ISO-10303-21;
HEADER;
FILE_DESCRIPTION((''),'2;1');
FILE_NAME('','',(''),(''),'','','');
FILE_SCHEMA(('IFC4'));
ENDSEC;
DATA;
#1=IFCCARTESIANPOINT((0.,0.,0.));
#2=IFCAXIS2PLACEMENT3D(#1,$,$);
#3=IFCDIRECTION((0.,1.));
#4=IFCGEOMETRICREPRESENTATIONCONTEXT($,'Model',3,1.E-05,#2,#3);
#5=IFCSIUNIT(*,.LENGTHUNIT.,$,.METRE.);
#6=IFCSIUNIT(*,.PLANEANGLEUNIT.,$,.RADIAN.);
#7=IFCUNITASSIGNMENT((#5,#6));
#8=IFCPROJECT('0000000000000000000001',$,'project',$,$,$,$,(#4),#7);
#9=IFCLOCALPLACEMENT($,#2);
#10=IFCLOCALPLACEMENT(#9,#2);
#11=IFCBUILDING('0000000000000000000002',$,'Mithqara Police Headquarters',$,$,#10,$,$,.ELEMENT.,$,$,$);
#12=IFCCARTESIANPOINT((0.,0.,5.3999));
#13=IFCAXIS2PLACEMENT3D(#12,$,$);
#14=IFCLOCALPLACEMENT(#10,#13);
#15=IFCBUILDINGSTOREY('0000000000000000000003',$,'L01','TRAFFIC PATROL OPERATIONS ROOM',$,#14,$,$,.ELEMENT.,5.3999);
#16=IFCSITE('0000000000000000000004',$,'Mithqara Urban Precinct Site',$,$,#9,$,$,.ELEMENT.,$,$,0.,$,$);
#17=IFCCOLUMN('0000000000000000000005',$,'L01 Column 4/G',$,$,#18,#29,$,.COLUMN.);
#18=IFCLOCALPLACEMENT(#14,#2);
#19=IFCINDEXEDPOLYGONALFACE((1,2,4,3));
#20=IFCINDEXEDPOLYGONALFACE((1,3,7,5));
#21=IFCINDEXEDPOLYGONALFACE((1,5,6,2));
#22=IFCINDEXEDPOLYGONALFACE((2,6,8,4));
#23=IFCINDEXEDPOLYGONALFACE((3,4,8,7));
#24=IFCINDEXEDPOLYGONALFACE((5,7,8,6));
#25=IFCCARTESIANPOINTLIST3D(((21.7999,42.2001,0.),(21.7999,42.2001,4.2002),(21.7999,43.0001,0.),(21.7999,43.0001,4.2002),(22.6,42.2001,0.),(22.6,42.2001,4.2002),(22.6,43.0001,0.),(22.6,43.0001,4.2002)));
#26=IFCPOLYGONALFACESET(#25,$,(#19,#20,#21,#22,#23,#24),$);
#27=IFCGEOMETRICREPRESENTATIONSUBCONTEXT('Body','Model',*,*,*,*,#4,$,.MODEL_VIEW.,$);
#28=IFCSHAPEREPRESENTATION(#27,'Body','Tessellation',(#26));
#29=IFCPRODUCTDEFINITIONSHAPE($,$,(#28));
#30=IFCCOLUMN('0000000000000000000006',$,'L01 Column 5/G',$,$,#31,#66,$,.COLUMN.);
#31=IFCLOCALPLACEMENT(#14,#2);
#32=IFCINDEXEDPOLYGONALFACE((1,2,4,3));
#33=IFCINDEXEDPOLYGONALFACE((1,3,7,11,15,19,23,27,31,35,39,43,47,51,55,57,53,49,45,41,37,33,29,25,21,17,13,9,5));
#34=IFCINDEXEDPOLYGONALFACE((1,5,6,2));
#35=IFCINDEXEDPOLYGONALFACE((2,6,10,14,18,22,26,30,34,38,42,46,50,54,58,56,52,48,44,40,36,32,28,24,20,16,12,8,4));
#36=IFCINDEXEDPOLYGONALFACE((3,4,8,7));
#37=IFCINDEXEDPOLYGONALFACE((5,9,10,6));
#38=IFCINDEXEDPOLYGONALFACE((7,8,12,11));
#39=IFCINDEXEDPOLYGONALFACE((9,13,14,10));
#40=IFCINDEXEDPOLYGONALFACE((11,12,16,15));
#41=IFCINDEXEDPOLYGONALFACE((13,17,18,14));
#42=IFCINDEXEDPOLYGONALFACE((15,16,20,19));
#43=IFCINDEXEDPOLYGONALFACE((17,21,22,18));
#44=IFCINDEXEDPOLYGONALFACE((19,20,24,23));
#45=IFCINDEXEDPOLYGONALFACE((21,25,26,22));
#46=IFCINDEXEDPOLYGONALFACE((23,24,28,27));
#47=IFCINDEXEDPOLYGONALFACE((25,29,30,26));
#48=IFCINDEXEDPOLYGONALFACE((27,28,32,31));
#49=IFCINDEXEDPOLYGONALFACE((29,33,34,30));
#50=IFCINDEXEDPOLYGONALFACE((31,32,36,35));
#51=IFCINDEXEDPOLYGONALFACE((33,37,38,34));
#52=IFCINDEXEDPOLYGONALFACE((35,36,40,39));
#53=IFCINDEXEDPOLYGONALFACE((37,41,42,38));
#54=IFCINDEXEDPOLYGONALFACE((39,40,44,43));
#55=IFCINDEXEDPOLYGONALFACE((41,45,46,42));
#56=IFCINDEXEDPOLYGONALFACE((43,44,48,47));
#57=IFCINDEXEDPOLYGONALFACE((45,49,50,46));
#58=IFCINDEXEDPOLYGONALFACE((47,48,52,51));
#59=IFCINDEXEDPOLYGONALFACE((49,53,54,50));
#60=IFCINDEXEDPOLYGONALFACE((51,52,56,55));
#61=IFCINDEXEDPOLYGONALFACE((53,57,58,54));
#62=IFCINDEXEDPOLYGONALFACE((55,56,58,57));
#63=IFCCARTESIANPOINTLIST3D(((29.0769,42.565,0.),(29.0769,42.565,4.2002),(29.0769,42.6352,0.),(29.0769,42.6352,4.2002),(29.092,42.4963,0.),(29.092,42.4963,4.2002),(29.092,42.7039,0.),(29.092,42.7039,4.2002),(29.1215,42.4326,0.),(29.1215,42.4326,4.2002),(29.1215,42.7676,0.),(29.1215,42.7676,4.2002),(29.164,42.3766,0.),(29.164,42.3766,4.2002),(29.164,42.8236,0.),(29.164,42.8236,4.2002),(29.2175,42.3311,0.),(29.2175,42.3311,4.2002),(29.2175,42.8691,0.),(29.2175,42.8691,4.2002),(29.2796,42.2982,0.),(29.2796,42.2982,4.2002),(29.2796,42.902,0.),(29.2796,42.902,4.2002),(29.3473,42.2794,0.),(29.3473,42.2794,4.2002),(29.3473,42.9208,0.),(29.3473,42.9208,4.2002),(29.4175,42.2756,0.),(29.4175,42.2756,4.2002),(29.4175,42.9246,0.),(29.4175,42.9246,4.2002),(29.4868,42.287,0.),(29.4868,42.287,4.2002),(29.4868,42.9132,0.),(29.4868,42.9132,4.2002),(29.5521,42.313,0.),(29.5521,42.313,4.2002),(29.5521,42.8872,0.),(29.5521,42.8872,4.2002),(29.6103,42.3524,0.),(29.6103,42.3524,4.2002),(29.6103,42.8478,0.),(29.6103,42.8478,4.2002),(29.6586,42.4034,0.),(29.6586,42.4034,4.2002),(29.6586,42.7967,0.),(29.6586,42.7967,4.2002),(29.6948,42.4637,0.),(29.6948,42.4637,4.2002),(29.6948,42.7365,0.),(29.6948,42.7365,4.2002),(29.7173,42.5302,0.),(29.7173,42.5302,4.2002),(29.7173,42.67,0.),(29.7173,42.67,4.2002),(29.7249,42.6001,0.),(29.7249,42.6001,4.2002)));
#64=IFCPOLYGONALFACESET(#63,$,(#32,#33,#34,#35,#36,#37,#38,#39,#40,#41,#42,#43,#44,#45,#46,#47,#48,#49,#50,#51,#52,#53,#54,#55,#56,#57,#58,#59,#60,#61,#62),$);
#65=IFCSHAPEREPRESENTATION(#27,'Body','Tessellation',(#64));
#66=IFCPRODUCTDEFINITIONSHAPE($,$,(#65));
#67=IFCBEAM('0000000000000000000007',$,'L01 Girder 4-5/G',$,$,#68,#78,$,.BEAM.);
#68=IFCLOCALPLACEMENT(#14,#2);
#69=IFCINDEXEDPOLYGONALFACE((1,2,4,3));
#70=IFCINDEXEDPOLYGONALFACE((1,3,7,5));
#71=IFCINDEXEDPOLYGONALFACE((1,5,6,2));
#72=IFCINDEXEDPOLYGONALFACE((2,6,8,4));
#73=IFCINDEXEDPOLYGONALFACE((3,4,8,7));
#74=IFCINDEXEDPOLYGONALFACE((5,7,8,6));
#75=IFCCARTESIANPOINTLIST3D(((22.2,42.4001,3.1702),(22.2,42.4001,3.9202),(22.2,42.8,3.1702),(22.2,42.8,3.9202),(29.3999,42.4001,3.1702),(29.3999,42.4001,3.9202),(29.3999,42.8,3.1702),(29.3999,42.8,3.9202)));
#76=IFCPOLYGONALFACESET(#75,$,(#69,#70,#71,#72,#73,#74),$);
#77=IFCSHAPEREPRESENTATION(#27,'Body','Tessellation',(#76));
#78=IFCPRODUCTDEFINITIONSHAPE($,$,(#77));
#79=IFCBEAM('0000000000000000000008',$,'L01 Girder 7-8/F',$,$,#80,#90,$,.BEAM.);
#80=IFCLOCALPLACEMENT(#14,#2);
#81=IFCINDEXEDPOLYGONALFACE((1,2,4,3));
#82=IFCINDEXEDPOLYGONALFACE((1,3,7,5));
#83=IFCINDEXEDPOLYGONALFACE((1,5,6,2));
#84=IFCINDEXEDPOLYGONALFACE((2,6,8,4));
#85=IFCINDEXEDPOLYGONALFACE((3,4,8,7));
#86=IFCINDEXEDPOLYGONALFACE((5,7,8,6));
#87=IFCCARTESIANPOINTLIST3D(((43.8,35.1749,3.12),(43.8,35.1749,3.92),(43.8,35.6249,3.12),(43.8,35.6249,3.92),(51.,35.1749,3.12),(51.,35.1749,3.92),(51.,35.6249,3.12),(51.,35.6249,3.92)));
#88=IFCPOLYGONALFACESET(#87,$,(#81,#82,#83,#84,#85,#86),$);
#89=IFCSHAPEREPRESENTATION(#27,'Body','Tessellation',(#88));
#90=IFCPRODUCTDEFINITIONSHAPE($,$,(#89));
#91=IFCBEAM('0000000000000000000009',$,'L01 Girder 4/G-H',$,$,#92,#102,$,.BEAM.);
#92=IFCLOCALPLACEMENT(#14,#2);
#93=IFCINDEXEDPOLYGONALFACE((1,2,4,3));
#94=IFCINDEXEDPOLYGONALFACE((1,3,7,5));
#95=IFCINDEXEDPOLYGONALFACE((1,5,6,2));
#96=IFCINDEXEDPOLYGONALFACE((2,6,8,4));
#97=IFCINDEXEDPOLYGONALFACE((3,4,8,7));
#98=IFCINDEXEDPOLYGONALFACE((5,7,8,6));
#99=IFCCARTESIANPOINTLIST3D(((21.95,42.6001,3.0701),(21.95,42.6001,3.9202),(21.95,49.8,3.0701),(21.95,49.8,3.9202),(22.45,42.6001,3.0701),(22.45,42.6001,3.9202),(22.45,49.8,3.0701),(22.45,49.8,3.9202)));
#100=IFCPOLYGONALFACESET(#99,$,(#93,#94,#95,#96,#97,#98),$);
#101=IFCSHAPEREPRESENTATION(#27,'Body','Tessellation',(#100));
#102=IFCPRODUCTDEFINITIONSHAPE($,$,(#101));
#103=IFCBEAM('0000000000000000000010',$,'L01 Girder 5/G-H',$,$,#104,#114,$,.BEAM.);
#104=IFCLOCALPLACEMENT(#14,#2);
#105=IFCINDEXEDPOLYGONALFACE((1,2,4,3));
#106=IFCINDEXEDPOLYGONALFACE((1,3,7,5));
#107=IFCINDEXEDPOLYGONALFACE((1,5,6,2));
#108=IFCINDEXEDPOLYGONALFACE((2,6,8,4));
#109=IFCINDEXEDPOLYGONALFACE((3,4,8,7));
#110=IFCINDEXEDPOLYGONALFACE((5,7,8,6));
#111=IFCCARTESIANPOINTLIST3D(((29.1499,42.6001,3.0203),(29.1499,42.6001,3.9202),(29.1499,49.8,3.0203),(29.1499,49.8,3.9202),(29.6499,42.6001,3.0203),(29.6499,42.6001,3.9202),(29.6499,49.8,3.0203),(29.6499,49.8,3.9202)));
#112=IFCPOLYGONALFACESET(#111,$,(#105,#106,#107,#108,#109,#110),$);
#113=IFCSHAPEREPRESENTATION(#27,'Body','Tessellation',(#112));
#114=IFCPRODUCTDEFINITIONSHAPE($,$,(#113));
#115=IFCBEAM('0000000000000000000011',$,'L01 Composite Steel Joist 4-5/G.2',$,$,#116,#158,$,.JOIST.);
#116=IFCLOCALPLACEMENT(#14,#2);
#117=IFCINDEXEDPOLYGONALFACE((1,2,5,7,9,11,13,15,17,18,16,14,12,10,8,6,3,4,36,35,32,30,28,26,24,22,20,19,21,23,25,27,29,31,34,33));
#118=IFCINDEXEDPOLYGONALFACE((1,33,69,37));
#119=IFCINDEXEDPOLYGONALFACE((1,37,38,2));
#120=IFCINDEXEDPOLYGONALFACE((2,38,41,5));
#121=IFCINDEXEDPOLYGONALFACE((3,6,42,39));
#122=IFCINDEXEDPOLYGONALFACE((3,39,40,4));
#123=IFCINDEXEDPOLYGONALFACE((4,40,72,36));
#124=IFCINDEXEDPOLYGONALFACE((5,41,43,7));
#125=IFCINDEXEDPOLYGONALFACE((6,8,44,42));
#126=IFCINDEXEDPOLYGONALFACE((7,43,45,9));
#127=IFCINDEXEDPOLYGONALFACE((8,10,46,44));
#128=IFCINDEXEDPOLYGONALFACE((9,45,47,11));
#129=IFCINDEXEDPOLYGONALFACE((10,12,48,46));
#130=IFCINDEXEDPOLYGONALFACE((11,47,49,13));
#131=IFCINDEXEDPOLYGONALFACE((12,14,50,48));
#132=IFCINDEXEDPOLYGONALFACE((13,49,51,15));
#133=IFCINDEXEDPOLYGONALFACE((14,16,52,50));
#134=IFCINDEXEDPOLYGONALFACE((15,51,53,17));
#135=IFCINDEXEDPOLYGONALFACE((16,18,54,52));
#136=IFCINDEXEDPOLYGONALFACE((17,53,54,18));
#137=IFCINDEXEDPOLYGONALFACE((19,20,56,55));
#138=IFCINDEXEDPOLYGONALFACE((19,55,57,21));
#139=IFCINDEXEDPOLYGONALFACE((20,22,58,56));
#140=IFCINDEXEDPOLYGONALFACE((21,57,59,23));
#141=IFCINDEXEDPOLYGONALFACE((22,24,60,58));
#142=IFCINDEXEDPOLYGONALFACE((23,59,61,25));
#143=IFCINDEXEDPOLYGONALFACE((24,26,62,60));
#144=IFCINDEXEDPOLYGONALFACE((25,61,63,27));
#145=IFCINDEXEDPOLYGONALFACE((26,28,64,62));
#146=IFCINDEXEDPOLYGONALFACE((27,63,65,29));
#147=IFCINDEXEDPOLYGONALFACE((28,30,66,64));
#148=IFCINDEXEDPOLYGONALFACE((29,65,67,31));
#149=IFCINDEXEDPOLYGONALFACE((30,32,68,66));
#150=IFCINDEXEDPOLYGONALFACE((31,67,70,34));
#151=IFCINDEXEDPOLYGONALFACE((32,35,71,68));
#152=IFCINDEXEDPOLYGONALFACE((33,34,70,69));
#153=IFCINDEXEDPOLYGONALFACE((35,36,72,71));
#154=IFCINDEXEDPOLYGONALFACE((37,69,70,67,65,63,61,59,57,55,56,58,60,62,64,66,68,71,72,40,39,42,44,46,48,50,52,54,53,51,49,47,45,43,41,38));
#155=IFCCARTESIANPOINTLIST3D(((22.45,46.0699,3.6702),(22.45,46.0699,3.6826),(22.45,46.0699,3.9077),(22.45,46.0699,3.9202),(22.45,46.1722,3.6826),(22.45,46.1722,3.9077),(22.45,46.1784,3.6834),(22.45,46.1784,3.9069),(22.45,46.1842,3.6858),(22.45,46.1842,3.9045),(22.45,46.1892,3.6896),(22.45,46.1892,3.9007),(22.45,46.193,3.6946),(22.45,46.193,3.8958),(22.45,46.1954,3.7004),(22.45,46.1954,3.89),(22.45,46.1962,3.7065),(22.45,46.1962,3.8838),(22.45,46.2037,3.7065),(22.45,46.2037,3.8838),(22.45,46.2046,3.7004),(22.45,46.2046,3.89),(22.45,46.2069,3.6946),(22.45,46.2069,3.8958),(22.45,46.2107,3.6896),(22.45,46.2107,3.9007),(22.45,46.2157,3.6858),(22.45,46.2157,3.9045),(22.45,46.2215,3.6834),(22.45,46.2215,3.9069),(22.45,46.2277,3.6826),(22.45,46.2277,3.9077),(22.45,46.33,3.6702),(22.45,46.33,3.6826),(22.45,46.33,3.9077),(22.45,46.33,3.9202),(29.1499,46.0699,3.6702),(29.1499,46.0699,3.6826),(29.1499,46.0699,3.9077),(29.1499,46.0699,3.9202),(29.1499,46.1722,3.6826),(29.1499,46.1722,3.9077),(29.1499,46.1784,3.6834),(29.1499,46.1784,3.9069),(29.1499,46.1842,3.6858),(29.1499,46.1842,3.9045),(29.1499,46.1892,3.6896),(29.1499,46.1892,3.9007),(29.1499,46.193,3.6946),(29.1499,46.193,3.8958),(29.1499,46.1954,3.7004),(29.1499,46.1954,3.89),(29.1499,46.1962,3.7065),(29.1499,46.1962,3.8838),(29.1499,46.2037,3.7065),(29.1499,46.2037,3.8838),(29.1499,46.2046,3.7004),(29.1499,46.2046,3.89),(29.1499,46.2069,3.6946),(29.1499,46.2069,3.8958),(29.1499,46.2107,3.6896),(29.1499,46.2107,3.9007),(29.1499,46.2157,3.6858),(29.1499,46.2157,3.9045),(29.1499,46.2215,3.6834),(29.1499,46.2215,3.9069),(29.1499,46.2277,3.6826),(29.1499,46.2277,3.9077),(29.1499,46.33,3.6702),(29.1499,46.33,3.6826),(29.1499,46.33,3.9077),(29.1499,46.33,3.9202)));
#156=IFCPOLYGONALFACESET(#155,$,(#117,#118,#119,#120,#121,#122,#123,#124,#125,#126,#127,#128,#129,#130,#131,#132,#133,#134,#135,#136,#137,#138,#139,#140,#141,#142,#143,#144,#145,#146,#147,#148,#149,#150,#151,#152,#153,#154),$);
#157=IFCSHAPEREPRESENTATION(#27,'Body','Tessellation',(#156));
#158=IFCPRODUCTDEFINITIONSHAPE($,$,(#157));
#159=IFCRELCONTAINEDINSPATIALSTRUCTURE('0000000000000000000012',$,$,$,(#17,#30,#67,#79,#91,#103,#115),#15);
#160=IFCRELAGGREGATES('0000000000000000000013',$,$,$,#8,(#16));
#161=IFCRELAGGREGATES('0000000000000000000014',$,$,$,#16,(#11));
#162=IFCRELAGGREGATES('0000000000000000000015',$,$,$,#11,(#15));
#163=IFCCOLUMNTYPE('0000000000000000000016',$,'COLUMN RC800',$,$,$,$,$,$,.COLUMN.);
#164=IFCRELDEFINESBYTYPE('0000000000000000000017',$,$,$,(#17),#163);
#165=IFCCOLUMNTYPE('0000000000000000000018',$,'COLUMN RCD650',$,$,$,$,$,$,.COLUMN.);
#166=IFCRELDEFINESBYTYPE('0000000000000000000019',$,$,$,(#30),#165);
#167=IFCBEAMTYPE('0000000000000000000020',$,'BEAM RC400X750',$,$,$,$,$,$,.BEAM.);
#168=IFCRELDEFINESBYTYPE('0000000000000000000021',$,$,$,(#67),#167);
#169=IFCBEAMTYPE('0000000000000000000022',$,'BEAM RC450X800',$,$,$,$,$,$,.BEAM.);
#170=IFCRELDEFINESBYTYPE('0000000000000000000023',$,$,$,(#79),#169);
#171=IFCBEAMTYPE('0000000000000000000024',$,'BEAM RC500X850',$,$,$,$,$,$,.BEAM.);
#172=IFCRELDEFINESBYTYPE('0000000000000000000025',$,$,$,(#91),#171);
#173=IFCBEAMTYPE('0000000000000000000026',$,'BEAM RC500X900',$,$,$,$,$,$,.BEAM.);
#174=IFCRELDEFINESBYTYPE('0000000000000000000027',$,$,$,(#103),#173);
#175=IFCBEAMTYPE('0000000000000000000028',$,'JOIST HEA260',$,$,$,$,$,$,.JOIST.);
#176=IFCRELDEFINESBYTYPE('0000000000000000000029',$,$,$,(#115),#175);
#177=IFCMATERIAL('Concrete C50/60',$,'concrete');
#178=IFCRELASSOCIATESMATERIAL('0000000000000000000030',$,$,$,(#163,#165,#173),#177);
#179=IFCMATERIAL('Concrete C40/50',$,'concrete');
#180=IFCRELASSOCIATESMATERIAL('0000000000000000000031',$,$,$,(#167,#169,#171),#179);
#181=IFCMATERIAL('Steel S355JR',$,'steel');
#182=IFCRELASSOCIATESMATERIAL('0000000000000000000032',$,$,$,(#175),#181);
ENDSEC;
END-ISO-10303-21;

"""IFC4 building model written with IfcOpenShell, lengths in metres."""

from ifc_helpers import new_model, si_unit, direction, frame, origin, origin_2d, place, context, subcontext, project, spatial, rectangle, circle, i_section, extrude, material, material_profile, profile_set, type_object, element, save


model = new_model("IFC4")

# Units and contexts
model_context = context("Model", 3, precision=1e-05, world=origin(), true_north=direction((0.0, 1.0)))
body_context = subcontext(model_context, "Body", "Model", "MODEL_VIEW")
ifc_project = project(units=[si_unit("LENGTHUNIT", "METRE"), si_unit("PLANEANGLEUNIT", "RADIAN")], contexts=[model_context])

# Site, building, storey
site_placement = place(None, origin())
site = spatial("IfcSite", under=ifc_project, at=site_placement, Name="Mithqara Urban Precinct Site", CompositionType="ELEMENT", RefElevation=0.0)
building_placement = place(site_placement, origin())
building = spatial("IfcBuilding", under=site, at=building_placement, Name="Mithqara Police Headquarters", CompositionType="ELEMENT")
storey_placement = place(building_placement, frame((0.0, 0.0, 5.3999)))
storey = spatial("IfcBuildingStorey", under=building, at=storey_placement, Name="L01", Description="TRAFFIC PATROL OPERATIONS ROOM", CompositionType="ELEMENT", Elevation=5.3999)

# Columns
ifc_material_1 = material(Name="Concrete C50/60", Category="concrete")
ifc_material_profile_1 = material_profile(ifc_material_1, rectangle(XDim=0.8, YDim=0.8, at=origin_2d()), Name="RC 800x800")
ifc_profile_set_1 = profile_set([ifc_material_profile_1], Name="Concrete C50/60")
column_type_1 = type_object("IfcColumnType", Name="COLUMN RC800", PredefinedType="COLUMN", material=ifc_profile_set_1)
column_1_placement = place(storey_placement, frame((22.2, 42.6001, 0.0), z_axis=(0.0, 0.0, 1.0), x_axis=(1.0, 0.0, 0.0)))
element("IfcColumn", 1, at=column_1_placement, inside=storey, type_object=column_type_1, Name="L01 Column 4/G", PredefinedType="COLUMN", context=body_context, shape_type="SweptSolid", body=[
    extrude(rectangle(XDim=0.8, YDim=0.8, at=origin_2d()), origin(), (0.0, 0.0, 1.0), 4.2002),
])
ifc_material_profile_2 = material_profile(ifc_material_1, circle(Radius=0.325, at=origin_2d()), Name="RCD 650")
ifc_profile_set_2 = profile_set([ifc_material_profile_2], Name="Concrete C50/60")
column_type_2 = type_object("IfcColumnType", Name="COLUMN RCD650", PredefinedType="COLUMN", material=ifc_profile_set_2)
column_2_placement = place(storey_placement, frame((29.3999, 42.6001, 0.0), z_axis=(0.0, 0.0, 1.0), x_axis=(1.0, 0.0, 0.0)))
element("IfcColumn", 2, at=column_2_placement, inside=storey, type_object=column_type_2, Name="L01 Column 5/G", PredefinedType="COLUMN", context=body_context, shape_type="SweptSolid", body=[
    extrude(circle(Radius=0.325, at=origin_2d()), origin(), (0.0, 0.0, 1.0), 4.2002),
])

# Beams
ifc_material_2 = material(Name="Concrete C40/50", Category="concrete")
ifc_material_profile_3 = material_profile(ifc_material_2, rectangle(XDim=0.3999, YDim=0.75, at=origin_2d()), Name="RC 400x750")
ifc_profile_set_3 = profile_set([ifc_material_profile_3], Name="Concrete C40/50")
beam_type_1 = type_object("IfcBeamType", Name="BEAM RC400X750", PredefinedType="BEAM", material=ifc_profile_set_3)
beam_1_placement = place(storey_placement, frame((22.2, 42.6001, 3.5452), z_axis=(1.0, 0.0, 0.0), x_axis=(0.0, 1.0, 0.0)))
element("IfcBeam", 3, at=beam_1_placement, inside=storey, type_object=beam_type_1, Name="L01 Girder 4-5/G", PredefinedType="BEAM", context=body_context, shape_type="SweptSolid", body=[
    extrude(rectangle(XDim=0.3999, YDim=0.75, at=origin_2d()), origin(), (0.0, 0.0, 1.0), 7.2),
])
ifc_material_profile_4 = material_profile(ifc_material_2, rectangle(XDim=0.45, YDim=0.8, at=origin_2d()), Name="RC 450x800")
ifc_profile_set_4 = profile_set([ifc_material_profile_4], Name="Concrete C40/50")
beam_type_2 = type_object("IfcBeamType", Name="BEAM RC450X800", PredefinedType="BEAM", material=ifc_profile_set_4)
beam_2_placement = place(storey_placement, frame((43.8, 35.3999, 3.52), z_axis=(1.0, 0.0, 0.0), x_axis=(0.0, 1.0, 0.0)))
element("IfcBeam", 4, at=beam_2_placement, inside=storey, type_object=beam_type_2, Name="L01 Girder 7-8/F", PredefinedType="BEAM", context=body_context, shape_type="SweptSolid", body=[
    extrude(rectangle(XDim=0.45, YDim=0.8, at=origin_2d()), origin(), (0.0, 0.0, 1.0), 7.2),
])
ifc_material_profile_5 = material_profile(ifc_material_2, rectangle(XDim=0.5, YDim=0.8501, at=origin_2d()), Name="RC 500x850")
ifc_profile_set_5 = profile_set([ifc_material_profile_5], Name="Concrete C40/50")
beam_type_3 = type_object("IfcBeamType", Name="BEAM RC500X850", PredefinedType="BEAM", material=ifc_profile_set_5)
beam_3_placement = place(storey_placement, frame((22.2, 42.6001, 3.4951), z_axis=(0.0, 1.0, 0.0), x_axis=(-1.0, 0.0, 0.0)))
element("IfcBeam", 5, at=beam_3_placement, inside=storey, type_object=beam_type_3, Name="L01 Girder 4/G-H", PredefinedType="BEAM", context=body_context, shape_type="SweptSolid", body=[
    extrude(rectangle(XDim=0.5, YDim=0.8501, at=origin_2d()), origin(), (0.0, 0.0, 1.0), 7.2),
])
ifc_material_profile_6 = material_profile(ifc_material_1, rectangle(XDim=0.5, YDim=0.8999, at=origin_2d()), Name="RC 500x900")
ifc_profile_set_6 = profile_set([ifc_material_profile_6], Name="Concrete C50/60")
beam_type_4 = type_object("IfcBeamType", Name="BEAM RC500X900", PredefinedType="BEAM", material=ifc_profile_set_6)
beam_4_placement = place(storey_placement, frame((29.3999, 42.6001, 3.4702), z_axis=(0.0, 1.0, 0.0), x_axis=(-1.0, 0.0, 0.0)))
element("IfcBeam", 6, at=beam_4_placement, inside=storey, type_object=beam_type_4, Name="L01 Girder 5/G-H", PredefinedType="BEAM", context=body_context, shape_type="SweptSolid", body=[
    extrude(rectangle(XDim=0.5, YDim=0.8999, at=origin_2d()), origin(), (0.0, 0.0, 1.0), 7.2),
])
ifc_material_3 = material(Name="Steel S355JR", Category="steel")
ifc_material_profile_7 = material_profile(ifc_material_3, i_section(OverallWidth=0.26, OverallDepth=0.25, WebThickness=0.0076, FlangeThickness=0.0125, FilletRadius=0.0239, at=origin_2d()), Name="HEA 260")
ifc_profile_set_7 = profile_set([ifc_material_profile_7], Name="Steel S355JR")
beam_type_5 = type_object("IfcBeamType", Name="JOIST HEA260", PredefinedType="JOIST", material=ifc_profile_set_7)
beam_5_placement = place(storey_placement, frame((22.45, 46.2, 3.7952), z_axis=(1.0, 0.0, 0.0), x_axis=(0.0, 1.0, 0.0)))
element("IfcBeam", 7, at=beam_5_placement, inside=storey, type_object=beam_type_5, Name="L01 Composite Steel Joist 4-5/G.2", PredefinedType="JOIST", context=body_context, shape_type="SweptSolid", body=[
    extrude(i_section(OverallWidth=0.26, OverallDepth=0.25, WebThickness=0.0076, FlangeThickness=0.0125, FilletRadius=0.0239, at=origin_2d()), origin(), (0.0, 0.0, 1.0), 6.7),
])

save(model, "model.ifc")
